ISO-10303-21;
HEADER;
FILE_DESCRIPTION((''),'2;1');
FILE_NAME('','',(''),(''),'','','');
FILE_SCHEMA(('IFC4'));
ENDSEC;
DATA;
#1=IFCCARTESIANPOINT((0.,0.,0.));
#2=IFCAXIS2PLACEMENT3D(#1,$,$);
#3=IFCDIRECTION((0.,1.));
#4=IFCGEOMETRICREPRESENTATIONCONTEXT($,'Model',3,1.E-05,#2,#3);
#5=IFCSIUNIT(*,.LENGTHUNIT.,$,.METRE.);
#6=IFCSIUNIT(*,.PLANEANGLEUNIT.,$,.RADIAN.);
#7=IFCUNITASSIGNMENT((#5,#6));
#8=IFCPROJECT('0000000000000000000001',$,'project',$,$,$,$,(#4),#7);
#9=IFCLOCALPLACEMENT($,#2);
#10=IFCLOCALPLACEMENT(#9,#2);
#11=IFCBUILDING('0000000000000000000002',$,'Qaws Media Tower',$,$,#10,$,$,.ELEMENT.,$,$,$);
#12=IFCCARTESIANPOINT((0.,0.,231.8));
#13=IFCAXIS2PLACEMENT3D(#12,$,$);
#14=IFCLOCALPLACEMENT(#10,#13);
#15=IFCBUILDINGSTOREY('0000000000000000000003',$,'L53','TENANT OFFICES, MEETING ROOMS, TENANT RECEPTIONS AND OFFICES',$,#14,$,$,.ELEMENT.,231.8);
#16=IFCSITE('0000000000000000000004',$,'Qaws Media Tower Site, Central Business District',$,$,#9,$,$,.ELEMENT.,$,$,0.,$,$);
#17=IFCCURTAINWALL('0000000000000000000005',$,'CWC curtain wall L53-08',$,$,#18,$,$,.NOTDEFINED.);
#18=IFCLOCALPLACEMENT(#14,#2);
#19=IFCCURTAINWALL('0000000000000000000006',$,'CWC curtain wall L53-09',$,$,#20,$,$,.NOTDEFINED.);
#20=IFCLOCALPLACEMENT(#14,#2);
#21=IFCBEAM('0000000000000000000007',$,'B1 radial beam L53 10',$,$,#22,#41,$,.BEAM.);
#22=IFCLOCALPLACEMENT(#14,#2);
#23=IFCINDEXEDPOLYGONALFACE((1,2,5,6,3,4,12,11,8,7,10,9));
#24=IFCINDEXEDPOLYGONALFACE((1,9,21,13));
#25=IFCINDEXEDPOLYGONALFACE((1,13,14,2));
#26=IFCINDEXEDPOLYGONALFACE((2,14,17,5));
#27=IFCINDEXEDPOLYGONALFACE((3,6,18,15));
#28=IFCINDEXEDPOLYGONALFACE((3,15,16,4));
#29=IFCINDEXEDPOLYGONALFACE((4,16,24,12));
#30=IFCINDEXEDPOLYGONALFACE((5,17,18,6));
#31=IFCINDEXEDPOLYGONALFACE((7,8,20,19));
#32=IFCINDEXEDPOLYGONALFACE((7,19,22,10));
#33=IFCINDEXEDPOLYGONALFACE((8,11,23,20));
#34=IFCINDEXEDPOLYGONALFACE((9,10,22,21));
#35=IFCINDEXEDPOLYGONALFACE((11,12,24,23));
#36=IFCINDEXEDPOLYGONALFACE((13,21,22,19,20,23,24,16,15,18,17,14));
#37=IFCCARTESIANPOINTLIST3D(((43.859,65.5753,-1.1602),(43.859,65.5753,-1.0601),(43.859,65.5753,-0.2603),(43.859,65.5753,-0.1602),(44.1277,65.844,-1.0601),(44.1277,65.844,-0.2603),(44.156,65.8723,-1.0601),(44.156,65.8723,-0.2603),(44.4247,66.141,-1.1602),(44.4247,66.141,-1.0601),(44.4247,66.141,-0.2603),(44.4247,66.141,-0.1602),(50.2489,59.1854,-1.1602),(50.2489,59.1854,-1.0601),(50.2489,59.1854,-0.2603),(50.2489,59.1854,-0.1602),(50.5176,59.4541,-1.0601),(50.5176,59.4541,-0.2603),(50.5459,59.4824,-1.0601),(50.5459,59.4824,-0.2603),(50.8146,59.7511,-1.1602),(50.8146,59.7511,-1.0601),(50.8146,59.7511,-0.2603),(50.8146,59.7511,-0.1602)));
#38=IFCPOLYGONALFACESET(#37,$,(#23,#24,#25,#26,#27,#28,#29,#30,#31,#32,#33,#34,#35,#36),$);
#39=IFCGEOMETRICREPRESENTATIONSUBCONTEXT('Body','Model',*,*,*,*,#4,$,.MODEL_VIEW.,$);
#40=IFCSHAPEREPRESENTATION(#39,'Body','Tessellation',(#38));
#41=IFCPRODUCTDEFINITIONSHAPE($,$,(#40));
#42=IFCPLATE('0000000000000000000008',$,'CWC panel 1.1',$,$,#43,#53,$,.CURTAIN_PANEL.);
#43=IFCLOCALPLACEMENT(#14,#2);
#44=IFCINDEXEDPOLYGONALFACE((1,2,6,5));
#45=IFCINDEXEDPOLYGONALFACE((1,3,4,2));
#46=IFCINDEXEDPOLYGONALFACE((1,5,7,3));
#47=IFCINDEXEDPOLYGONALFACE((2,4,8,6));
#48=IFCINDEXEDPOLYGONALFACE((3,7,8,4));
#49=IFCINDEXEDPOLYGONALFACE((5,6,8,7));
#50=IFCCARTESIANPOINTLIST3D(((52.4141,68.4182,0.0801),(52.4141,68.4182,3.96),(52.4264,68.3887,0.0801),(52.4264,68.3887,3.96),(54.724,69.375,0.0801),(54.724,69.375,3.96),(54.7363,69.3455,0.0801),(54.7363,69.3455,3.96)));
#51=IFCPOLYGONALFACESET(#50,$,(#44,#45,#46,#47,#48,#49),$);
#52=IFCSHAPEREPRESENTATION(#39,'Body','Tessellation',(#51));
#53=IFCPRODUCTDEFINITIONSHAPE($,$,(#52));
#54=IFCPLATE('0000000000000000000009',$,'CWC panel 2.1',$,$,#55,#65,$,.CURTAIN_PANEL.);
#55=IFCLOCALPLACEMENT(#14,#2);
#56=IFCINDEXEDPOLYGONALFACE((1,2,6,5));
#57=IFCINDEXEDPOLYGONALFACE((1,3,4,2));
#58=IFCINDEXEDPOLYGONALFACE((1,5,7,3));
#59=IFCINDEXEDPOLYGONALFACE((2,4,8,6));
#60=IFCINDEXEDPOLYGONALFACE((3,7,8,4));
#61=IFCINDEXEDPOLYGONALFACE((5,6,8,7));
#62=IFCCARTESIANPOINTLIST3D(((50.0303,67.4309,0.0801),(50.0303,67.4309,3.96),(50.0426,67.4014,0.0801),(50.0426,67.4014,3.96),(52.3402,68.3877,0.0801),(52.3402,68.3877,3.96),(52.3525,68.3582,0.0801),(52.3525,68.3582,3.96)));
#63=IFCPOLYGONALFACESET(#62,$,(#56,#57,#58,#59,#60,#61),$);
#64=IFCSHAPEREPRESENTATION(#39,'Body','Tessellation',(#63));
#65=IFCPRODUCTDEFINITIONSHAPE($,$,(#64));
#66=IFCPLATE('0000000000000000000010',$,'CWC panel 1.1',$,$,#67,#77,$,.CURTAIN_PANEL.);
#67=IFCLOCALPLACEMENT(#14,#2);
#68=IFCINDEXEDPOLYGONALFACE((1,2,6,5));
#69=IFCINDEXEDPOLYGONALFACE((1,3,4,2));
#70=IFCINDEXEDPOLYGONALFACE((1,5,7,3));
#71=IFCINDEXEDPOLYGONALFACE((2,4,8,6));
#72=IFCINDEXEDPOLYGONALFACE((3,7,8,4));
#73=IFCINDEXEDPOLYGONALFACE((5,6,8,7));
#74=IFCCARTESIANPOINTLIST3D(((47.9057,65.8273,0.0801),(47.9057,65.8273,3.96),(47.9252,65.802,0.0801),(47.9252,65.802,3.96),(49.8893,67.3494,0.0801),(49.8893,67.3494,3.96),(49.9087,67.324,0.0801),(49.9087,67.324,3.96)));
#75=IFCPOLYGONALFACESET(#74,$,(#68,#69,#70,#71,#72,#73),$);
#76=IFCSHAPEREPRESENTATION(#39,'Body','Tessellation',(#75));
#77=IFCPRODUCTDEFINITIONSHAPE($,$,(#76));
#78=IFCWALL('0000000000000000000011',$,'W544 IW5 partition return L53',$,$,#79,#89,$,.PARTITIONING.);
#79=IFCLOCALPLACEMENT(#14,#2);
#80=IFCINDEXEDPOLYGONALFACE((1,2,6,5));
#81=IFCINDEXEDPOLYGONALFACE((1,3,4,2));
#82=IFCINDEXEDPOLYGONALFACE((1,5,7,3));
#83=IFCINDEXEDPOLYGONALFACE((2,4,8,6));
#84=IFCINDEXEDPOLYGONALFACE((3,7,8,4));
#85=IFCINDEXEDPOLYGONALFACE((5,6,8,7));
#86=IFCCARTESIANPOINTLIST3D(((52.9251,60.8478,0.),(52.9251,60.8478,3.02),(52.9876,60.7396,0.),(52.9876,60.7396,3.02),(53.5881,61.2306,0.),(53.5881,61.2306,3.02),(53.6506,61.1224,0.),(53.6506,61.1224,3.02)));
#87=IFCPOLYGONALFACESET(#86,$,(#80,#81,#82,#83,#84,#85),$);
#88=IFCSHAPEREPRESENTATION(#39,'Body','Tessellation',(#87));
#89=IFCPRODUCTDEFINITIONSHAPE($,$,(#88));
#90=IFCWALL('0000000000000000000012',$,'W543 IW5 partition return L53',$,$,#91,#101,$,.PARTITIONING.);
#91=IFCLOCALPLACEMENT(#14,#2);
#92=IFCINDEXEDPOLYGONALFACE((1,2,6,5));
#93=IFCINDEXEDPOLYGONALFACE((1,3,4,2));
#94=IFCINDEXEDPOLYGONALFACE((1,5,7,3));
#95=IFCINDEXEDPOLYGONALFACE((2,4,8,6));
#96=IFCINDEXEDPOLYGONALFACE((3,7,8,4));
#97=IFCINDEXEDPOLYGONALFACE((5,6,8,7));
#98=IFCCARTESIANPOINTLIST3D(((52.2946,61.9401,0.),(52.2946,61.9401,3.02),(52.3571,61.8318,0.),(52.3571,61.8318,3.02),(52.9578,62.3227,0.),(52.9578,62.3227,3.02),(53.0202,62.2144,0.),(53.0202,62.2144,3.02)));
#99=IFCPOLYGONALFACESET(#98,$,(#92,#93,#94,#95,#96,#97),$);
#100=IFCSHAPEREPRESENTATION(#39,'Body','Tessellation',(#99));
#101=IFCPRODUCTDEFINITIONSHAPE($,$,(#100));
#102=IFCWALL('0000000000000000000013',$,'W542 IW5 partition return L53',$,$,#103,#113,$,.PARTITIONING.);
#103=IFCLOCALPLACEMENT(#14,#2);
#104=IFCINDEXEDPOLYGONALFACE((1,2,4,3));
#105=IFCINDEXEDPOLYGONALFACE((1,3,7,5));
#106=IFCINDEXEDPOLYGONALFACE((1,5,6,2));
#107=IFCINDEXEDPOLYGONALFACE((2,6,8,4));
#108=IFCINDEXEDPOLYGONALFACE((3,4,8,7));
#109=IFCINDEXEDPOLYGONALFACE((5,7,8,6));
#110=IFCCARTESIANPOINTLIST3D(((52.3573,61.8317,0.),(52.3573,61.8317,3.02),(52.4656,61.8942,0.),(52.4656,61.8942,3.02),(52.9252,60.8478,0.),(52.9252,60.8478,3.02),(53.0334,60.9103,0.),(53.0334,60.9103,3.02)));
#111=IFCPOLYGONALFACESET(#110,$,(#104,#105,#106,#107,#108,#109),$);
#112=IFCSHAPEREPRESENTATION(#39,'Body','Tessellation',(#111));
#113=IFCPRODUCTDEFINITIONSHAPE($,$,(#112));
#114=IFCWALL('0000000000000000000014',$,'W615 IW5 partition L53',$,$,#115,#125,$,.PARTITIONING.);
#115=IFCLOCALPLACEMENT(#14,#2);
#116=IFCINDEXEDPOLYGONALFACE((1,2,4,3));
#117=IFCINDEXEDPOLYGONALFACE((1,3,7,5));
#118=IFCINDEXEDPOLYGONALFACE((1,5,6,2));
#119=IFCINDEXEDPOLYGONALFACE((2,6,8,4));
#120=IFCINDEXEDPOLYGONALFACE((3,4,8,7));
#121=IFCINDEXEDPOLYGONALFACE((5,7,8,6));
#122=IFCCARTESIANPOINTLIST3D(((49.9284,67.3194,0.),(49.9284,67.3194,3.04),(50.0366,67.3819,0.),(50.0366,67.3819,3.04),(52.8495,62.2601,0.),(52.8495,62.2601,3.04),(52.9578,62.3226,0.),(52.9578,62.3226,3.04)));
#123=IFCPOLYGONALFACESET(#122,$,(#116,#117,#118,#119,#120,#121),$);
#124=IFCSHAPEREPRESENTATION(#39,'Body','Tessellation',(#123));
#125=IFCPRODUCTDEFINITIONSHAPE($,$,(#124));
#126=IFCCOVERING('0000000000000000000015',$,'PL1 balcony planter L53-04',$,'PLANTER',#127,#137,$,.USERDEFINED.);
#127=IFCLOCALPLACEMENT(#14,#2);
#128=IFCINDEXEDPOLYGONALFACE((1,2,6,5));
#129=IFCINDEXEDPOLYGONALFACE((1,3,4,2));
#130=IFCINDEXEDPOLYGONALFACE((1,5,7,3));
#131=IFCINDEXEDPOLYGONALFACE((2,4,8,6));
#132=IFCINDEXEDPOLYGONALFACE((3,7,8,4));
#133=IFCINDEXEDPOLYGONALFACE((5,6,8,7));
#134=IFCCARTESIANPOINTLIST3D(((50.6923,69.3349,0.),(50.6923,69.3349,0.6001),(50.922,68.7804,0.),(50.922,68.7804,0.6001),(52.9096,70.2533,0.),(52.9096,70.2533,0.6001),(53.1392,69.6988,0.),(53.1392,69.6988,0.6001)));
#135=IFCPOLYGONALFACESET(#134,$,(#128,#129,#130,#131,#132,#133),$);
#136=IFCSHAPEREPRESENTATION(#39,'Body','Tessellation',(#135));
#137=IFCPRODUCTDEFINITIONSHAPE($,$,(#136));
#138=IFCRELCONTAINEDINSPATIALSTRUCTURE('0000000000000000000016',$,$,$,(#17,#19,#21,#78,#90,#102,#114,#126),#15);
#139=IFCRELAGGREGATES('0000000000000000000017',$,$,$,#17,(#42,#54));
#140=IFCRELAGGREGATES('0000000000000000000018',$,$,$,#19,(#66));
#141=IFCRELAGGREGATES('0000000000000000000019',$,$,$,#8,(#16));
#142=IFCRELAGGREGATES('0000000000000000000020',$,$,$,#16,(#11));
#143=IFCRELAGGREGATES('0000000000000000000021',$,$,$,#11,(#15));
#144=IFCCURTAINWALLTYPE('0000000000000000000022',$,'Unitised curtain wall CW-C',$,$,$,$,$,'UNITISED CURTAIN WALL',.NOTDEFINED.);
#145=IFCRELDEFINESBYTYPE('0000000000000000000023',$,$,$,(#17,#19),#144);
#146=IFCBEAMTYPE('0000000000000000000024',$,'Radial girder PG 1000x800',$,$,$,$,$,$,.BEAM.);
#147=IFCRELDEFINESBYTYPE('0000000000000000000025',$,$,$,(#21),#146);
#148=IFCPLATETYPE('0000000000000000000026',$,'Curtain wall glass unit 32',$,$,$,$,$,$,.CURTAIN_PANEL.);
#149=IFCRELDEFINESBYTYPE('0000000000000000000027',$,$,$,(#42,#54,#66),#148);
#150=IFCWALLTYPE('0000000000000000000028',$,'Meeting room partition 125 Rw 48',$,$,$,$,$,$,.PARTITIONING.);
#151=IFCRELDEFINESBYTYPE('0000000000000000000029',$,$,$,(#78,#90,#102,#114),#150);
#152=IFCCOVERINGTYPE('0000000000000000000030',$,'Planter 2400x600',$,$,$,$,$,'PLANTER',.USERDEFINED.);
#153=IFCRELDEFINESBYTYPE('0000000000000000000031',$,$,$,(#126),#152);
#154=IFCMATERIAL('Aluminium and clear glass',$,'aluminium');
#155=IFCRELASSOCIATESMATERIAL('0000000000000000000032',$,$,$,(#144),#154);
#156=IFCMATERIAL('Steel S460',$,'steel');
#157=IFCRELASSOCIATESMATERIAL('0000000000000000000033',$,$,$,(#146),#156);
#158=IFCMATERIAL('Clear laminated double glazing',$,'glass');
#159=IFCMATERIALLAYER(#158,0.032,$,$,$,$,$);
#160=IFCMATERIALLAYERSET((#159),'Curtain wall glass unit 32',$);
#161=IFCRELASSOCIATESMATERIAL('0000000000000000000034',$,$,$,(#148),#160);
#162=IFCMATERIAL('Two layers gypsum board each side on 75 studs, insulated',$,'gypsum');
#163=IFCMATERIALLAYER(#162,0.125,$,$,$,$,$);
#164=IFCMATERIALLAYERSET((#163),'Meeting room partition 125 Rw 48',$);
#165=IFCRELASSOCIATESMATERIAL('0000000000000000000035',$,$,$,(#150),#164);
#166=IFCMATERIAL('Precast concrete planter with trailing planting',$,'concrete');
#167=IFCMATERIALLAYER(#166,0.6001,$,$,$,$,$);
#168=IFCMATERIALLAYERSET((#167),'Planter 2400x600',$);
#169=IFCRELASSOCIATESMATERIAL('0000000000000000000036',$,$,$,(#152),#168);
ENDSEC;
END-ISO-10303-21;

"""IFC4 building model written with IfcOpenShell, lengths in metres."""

from ifc_helpers import new_model, si_unit, direction, frame, frame_2d, origin, origin_2d, place, context, subcontext, project, spatial, rectangle, i_section, extrude, material, layer, layer_set, material_profile, profile_set, type_object, element, aggregate, save


model = new_model("IFC4")

# Units and contexts
model_context = context("Model", 3, precision=1e-05, world=origin(), true_north=direction((0.0, 1.0)))
body_context = subcontext(model_context, "Body", "Model", "MODEL_VIEW")
ifc_project = project(units=[si_unit("LENGTHUNIT", "METRE"), si_unit("PLANEANGLEUNIT", "RADIAN")], contexts=[model_context])

# Site, building, storey
site_placement = place(None, origin())
site = spatial("IfcSite", under=ifc_project, at=site_placement, Name="Qaws Media Tower Site, Central Business District", CompositionType="ELEMENT", RefElevation=0.0)
building_placement = place(site_placement, origin())
building = spatial("IfcBuilding", under=site, at=building_placement, Name="Qaws Media Tower", CompositionType="ELEMENT")
storey_placement = place(building_placement, frame((0.0, 0.0, 231.8)))
storey = spatial("IfcBuildingStorey", under=building, at=storey_placement, Name="L53", Description="TENANT OFFICES, MEETING ROOMS, TENANT RECEPTIONS AND OFFICES", CompositionType="ELEMENT", Elevation=231.8)

# Curtain walls
ifc_material_1 = material(Name="Aluminium and clear glass", Category="aluminium")
curtain_wall_type = type_object("IfcCurtainWallType", Name="Unitised curtain wall CW-C", ElementType="UNITISED CURTAIN WALL", PredefinedType="NOTDEFINED", material=ifc_material_1)
curtain_wall_1_placement = place(storey_placement, origin())
curtain_wall_1 = element("IfcCurtainWall", 1, at=curtain_wall_1_placement, inside=storey, type_object=curtain_wall_type, Name="CWC curtain wall L53-08", PredefinedType="NOTDEFINED")
curtain_wall_2_placement = place(storey_placement, origin())
curtain_wall_2 = element("IfcCurtainWall", 2, at=curtain_wall_2_placement, inside=storey, type_object=curtain_wall_type, Name="CWC curtain wall L53-09", PredefinedType="NOTDEFINED")

# Beam
ifc_material_2 = material(Name="Steel S460", Category="steel")
ifc_material_profile_1 = material_profile(ifc_material_2, i_section(OverallWidth=0.8, OverallDepth=1.0, WebThickness=0.04, FlangeThickness=0.1001, at=origin_2d()), Name="PG 1000x800")
ifc_profile_set_1 = profile_set([ifc_material_profile_1], Name="Steel S460")
beam_type_1 = type_object("IfcBeamType", Name="Radial girder PG 1000x800", PredefinedType="BEAM", material=ifc_profile_set_1)
beam_1_placement = place(storey_placement, frame((50.5317, 59.4683, -0.6602), z_axis=(-0.707107, 0.707107, 0.0), x_axis=(-0.707107, -0.707107, 0.0)))
element("IfcBeam", 3, at=beam_1_placement, inside=storey, type_object=beam_type_1, Name="B1 radial beam L53 10", PredefinedType="BEAM", context=body_context, shape_type="SweptSolid", body=[
    extrude(i_section(OverallWidth=0.8, OverallDepth=1.0, WebThickness=0.04, FlangeThickness=0.1001, at=origin_2d()), origin(), (0.0, 0.0, 1.0), 9.0366),
])

# Plates
ifc_material_3 = material(Name="Clear laminated double glazing", Category="glass")
ifc_layer_1 = layer(ifc_material_3, 0.032)
ifc_layer_set_1 = layer_set([ifc_layer_1], Name="Curtain wall glass unit 32")
plate_type = type_object("IfcPlateType", Name="Curtain wall glass unit 32", PredefinedType="CURTAIN_PANEL", material=ifc_layer_set_1)
plate_1_placement = place(storey_placement, frame((53.5752, 68.8818, 0.0801), z_axis=(0.0, 0.0, 1.0), x_axis=(-0.92388, -0.382683, 0.0)))
plate_1 = element("IfcPlate", 4, at=plate_1_placement, type_object=plate_type, Name="CWC panel 1.1", PredefinedType="CURTAIN_PANEL", context=body_context, shape_type="SweptSolid", body=[
    extrude(rectangle(XDim=2.5002, YDim=0.032, at=origin_2d()), origin(), (0.0, 0.0, 1.0), 3.8799),
])
plate_2_placement = place(storey_placement, frame((51.1914, 67.8945, 0.0801), z_axis=(0.0, 0.0, 1.0), x_axis=(-0.92388, -0.382683, 0.0)))
plate_2 = element("IfcPlate", 5, at=plate_2_placement, type_object=plate_type, Name="CWC panel 2.1", PredefinedType="CURTAIN_PANEL", context=body_context, shape_type="SweptSolid", body=[
    extrude(rectangle(XDim=2.5002, YDim=0.032, at=origin_2d()), origin(), (0.0, 0.0, 1.0), 3.8799),
])
aggregate(curtain_wall_1, [plate_1, plate_2])
plate_3_placement = place(storey_placement, frame((48.9072, 66.5757, 0.0801), z_axis=(0.0, 0.0, 1.0), x_axis=(-0.793353, -0.608761, 0.0)))
plate_3 = element("IfcPlate", 6, at=plate_3_placement, type_object=plate_type, Name="CWC panel 1.1", PredefinedType="CURTAIN_PANEL", context=body_context, shape_type="SweptSolid", body=[
    extrude(rectangle(XDim=2.5002, YDim=0.032, at=origin_2d()), origin(), (0.0, 0.0, 1.0), 3.8799),
])
aggregate(curtain_wall_2, [plate_3])

# Walls
ifc_material_4 = material(Name="Two layers gypsum board each side on 75 studs, insulated", Category="gypsum")
ifc_layer_2 = layer(ifc_material_4, 0.125)
ifc_layer_set_2 = layer_set([ifc_layer_2], Name="Meeting room partition 125 Rw 48")
wall_type_1 = type_object("IfcWallType", Name="Meeting room partition 125 Rw 48", PredefinedType="PARTITIONING", material=ifc_layer_set_2)
for number, where, z_axis, x_axis, name in (
    (7, (53.6194, 61.1765, 0.0), (0.0, 0.0, 1.0), (-0.866037, -0.49998, 0.0), "W544 IW5 partition return L53"),
    (8, (52.989, 62.2686, 0.0), (0.0, 0.0, 1.0), (-0.866175, -0.499741, 0.0), "W543 IW5 partition return L53"),
):
    element("IfcWall", number, at=place(storey_placement, frame(where, z_axis=z_axis, x_axis=x_axis)), inside=storey, type_object=wall_type_1, Name=name, PredefinedType="PARTITIONING", context=body_context, shape_type="SweptSolid", body=[
        extrude(rectangle(XDim=0.7656, YDim=0.125, at=frame_2d((0.3828, 0.0))), origin(), (0.0, 0.0, 1.0), 3.02),
    ])
wall_1_placement = place(storey_placement, frame((52.9792, 60.8792, 0.0), z_axis=(0.0, 0.0, 1.0), x_axis=(-0.499884, 0.866093, 0.0)))
element("IfcWall", 9, at=wall_1_placement, inside=storey, type_object=wall_type_1, Name="W542 IW5 partition return L53", PredefinedType="PARTITIONING", context=body_context, shape_type="SweptSolid", body=[
    extrude(rectangle(XDim=1.136, YDim=0.125, at=frame_2d((0.5679, 0.0))), origin(), (0.0, 0.0, 1.0), 3.02),
])
wall_2_placement = place(storey_placement, frame((52.9036, 62.2915, 0.0), z_axis=(0.0, 0.0, 1.0), x_axis=(-0.500018, 0.866015, 0.0)))
element("IfcWall", 10, at=wall_2_placement, inside=storey, type_object=wall_type_1, Name="W615 IW5 partition L53", PredefinedType="PARTITIONING", context=body_context, shape_type="SweptSolid", body=[
    extrude(rectangle(XDim=5.842, YDim=0.125, at=frame_2d((2.9209, 0.0))), origin(), (0.0, 0.0, 1.0), 3.04),
])

# Covering
ifc_material_5 = material(Name="Precast concrete planter with trailing planting", Category="concrete")
ifc_layer_3 = layer(ifc_material_5, 0.6001)
ifc_layer_set_3 = layer_set([ifc_layer_3], Name="Planter 2400x600")
covering_type = type_object("IfcCoveringType", Name="Planter 2400x600", ElementType="PLANTER", PredefinedType="USERDEFINED", material=ifc_layer_set_3)
covering_placement = place(storey_placement, frame((51.9158, 69.5168, 0.0), z_axis=(0.0, 0.0, 1.0), x_axis=(-0.92388, -0.382683, 0.0)))
element("IfcCovering", 11, at=covering_placement, inside=storey, type_object=covering_type, Name="PL1 balcony planter L53-04", ObjectType="PLANTER", PredefinedType="USERDEFINED", context=body_context, shape_type="SweptSolid", body=[
    extrude(rectangle(XDim=2.3999, YDim=0.6001, at=origin_2d()), origin(), (0.0, 0.0, 1.0), 0.6001),
])

save(model, "model.ifc")
